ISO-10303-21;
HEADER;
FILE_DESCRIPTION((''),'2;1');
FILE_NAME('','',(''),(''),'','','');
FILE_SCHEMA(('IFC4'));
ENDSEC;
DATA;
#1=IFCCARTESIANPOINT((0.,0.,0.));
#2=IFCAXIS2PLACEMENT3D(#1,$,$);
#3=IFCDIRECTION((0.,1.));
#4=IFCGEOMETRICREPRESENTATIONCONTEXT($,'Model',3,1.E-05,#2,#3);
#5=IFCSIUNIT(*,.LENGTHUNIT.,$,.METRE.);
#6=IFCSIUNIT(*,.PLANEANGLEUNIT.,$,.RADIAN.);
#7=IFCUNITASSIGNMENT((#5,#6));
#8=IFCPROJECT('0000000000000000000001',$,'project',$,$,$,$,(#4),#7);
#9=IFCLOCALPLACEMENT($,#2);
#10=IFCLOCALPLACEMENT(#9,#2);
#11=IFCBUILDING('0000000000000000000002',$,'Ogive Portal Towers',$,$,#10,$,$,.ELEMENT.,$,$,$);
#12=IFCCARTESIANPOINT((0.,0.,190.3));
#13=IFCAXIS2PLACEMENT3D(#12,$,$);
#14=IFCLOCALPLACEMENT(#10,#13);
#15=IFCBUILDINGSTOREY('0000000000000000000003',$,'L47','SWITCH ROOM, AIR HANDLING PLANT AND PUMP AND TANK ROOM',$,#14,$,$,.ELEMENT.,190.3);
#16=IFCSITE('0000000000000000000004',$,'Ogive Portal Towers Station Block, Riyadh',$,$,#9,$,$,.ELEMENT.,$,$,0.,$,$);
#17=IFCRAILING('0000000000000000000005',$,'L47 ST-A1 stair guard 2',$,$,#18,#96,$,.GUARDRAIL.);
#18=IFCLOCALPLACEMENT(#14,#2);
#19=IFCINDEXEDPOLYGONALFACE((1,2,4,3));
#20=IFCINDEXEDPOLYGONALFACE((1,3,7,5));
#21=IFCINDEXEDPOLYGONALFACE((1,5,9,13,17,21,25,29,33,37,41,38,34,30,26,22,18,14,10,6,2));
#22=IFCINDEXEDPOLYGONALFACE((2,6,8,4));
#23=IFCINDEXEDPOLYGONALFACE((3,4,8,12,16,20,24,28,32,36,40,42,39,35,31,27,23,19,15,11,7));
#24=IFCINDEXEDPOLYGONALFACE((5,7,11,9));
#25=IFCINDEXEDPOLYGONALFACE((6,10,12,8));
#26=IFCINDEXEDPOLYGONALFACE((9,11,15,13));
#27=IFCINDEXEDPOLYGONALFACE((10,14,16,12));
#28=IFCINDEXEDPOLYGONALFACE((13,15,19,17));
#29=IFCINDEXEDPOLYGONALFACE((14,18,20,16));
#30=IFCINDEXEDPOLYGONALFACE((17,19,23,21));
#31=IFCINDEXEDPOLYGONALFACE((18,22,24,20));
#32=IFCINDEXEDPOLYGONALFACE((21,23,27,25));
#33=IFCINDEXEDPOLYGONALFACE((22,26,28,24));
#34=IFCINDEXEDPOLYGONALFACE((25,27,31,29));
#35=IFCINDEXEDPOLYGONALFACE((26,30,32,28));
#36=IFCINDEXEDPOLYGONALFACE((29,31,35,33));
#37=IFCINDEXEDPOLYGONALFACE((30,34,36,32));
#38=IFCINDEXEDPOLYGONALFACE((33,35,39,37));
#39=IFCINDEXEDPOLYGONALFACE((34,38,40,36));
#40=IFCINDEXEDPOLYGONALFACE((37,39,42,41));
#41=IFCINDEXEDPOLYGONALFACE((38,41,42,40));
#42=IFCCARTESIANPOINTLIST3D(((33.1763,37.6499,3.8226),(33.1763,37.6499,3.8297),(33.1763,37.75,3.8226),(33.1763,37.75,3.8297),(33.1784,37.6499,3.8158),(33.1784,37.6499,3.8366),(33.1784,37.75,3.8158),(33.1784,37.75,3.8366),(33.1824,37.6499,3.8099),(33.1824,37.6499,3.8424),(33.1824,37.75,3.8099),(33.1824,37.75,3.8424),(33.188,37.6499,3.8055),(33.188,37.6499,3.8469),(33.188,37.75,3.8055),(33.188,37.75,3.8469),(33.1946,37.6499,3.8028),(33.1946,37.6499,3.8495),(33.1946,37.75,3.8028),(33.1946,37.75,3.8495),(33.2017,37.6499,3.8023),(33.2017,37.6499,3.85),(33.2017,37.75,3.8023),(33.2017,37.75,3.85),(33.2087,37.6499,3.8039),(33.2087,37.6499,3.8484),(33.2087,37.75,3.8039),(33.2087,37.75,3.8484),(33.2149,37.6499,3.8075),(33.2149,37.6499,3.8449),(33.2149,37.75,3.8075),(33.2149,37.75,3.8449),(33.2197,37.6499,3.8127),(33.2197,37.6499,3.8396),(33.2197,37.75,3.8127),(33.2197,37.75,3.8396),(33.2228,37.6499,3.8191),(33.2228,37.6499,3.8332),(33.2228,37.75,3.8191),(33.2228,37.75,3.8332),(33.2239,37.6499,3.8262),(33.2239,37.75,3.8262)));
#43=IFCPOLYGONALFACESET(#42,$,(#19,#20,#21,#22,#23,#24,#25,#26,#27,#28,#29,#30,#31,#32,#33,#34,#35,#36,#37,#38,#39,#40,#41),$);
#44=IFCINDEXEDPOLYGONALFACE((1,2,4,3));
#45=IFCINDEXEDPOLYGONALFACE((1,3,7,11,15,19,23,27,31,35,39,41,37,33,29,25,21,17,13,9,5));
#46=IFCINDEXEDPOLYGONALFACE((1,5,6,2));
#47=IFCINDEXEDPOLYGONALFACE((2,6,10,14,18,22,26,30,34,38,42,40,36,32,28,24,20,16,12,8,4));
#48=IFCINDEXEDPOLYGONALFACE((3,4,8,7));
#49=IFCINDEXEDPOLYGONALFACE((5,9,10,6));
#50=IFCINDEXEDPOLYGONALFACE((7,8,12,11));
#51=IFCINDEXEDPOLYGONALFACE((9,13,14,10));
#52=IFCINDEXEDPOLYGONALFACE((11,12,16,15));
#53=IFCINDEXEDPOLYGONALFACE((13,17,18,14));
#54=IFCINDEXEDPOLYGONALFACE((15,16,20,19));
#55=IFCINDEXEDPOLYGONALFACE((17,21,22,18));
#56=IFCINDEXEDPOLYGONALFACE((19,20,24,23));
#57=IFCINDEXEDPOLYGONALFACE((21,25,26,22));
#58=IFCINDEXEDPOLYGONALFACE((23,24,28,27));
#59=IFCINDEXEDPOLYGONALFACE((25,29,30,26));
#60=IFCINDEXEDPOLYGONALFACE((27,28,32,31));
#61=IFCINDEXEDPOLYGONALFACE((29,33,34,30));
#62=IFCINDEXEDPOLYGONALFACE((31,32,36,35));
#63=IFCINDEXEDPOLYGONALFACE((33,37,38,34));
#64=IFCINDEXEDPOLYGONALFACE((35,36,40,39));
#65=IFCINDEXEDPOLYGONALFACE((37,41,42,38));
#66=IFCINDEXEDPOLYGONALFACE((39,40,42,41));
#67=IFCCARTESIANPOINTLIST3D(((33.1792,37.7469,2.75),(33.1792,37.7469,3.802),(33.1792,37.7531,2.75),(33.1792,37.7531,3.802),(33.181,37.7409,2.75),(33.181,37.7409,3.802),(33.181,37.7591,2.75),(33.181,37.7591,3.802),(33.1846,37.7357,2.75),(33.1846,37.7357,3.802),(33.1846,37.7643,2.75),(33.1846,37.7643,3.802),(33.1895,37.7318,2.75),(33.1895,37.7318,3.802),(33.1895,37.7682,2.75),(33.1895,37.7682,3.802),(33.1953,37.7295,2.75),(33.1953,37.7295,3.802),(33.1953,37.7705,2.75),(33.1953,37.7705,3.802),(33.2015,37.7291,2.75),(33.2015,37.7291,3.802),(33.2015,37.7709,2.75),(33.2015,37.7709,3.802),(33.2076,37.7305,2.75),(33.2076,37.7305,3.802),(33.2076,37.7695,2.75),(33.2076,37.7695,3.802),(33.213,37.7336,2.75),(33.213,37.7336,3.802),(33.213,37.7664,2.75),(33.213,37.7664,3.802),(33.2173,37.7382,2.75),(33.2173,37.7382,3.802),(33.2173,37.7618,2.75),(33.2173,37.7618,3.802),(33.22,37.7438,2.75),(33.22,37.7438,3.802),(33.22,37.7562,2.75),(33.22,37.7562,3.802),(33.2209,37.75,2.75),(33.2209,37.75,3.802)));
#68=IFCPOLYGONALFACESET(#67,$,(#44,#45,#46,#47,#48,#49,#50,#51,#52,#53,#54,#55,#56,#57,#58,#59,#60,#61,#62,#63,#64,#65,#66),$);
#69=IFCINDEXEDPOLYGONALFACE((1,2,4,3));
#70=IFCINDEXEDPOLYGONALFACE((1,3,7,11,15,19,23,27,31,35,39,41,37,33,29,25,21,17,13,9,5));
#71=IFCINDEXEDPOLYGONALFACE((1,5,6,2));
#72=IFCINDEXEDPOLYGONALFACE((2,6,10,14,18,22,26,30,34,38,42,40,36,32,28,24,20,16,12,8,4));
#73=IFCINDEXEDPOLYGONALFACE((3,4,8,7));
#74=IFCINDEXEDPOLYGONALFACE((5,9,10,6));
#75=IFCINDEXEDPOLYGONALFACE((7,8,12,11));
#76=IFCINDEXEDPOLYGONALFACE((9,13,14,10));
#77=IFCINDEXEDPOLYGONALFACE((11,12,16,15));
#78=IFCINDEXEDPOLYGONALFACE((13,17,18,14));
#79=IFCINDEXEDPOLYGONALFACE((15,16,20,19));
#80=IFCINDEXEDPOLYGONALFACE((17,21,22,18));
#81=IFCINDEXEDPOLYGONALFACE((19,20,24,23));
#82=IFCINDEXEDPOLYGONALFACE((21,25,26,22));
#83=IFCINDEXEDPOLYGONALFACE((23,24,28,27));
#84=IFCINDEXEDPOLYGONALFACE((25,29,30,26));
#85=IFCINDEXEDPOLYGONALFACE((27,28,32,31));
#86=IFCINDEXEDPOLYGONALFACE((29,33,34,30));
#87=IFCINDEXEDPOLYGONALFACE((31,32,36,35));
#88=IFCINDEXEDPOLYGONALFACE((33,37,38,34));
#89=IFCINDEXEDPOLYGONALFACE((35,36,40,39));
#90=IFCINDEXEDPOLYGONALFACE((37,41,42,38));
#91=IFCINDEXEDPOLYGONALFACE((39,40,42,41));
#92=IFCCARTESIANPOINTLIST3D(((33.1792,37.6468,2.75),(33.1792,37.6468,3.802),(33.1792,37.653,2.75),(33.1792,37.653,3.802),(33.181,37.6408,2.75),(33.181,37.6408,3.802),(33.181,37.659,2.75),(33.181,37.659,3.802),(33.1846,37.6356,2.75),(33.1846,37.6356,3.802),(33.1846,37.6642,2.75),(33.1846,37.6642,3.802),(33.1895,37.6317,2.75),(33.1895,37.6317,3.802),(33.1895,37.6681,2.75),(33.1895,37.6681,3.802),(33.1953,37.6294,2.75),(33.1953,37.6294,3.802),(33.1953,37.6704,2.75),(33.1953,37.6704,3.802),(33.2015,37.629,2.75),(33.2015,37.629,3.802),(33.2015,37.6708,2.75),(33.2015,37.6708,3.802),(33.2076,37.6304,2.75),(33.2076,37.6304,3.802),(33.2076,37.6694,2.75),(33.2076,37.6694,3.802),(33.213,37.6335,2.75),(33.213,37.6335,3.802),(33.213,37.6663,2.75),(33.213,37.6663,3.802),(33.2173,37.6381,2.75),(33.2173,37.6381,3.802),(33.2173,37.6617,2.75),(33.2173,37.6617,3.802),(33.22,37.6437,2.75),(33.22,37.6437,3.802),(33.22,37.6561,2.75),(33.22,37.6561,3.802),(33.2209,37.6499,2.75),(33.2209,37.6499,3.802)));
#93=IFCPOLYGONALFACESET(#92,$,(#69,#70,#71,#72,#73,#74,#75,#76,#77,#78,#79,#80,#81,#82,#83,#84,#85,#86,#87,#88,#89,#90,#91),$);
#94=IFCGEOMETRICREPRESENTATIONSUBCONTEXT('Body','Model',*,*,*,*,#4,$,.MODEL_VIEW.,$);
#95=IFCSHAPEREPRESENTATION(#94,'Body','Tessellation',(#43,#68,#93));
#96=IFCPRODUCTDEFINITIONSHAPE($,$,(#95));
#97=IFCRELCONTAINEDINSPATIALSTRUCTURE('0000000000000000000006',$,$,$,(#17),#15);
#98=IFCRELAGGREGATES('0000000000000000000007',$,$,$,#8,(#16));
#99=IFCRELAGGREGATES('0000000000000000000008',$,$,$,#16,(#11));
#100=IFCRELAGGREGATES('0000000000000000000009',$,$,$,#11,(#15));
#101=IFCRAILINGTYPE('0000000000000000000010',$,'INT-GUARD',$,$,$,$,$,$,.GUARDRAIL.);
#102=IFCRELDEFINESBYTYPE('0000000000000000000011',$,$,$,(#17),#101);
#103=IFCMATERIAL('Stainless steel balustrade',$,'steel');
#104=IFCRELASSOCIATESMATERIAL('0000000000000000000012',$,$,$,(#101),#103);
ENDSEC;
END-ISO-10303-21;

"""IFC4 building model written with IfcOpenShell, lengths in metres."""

from ifc_helpers import new_model, si_unit, direction, frame, origin, origin_2d, place, context, subcontext, project, spatial, circle, extrude, material, type_object, element, save


model = new_model("IFC4")

# Units and contexts
model_context = context("Model", 3, precision=1e-05, world=origin(), true_north=direction((0.0, 1.0)))
body_context = subcontext(model_context, "Body", "Model", "MODEL_VIEW")
ifc_project = project(units=[si_unit("LENGTHUNIT", "METRE"), si_unit("PLANEANGLEUNIT", "RADIAN")], contexts=[model_context])

# Site, building, storey
site_placement = place(None, origin())
site = spatial("IfcSite", under=ifc_project, at=site_placement, Name="Ogive Portal Towers Station Block, Riyadh", CompositionType="ELEMENT", RefElevation=0.0)
building_placement = place(site_placement, origin())
building = spatial("IfcBuilding", under=site, at=building_placement, Name="Ogive Portal Towers", CompositionType="ELEMENT")
storey_placement = place(building_placement, frame((0.0, 0.0, 190.3)))
storey = spatial("IfcBuildingStorey", under=building, at=storey_placement, Name="L47", Description="SWITCH ROOM, AIR HANDLING PLANT AND PUMP AND TANK ROOM", CompositionType="ELEMENT", Elevation=190.3)

# Railing
ifc_material_1 = material(Name="Stainless steel balustrade", Category="steel")
railing_type_1 = type_object("IfcRailingType", Name="INT-GUARD", PredefinedType="GUARDRAIL", material=ifc_material_1)
railing_1_placement = place(storey_placement, frame((33.2, 37.75, 2.75)))
element("IfcRailing", 1, at=railing_1_placement, inside=storey, type_object=railing_type_1, Name="L47 ST-A1 stair guard 2", PredefinedType="GUARDRAIL", context=body_context, shape_type="SweptSolid", body=[
    extrude(circle(Radius=0.0239, at=origin_2d()), frame((0.0, 0.0, 1.0762), z_axis=(0.0, -1.0, 0.0), x_axis=(1.0, 0.0, 0.0)), (0.0, 0.0, 1.0), 0.1001),
    extrude(circle(Radius=0.021, at=origin_2d()), origin(), (0.0, 0.0, 1.0), 1.052),
    extrude(circle(Radius=0.021, at=origin_2d()), frame((0.0, -0.1001, 0.0)), (0.0, 0.0, 1.0), 1.052),
])

save(model, "model.ifc")
